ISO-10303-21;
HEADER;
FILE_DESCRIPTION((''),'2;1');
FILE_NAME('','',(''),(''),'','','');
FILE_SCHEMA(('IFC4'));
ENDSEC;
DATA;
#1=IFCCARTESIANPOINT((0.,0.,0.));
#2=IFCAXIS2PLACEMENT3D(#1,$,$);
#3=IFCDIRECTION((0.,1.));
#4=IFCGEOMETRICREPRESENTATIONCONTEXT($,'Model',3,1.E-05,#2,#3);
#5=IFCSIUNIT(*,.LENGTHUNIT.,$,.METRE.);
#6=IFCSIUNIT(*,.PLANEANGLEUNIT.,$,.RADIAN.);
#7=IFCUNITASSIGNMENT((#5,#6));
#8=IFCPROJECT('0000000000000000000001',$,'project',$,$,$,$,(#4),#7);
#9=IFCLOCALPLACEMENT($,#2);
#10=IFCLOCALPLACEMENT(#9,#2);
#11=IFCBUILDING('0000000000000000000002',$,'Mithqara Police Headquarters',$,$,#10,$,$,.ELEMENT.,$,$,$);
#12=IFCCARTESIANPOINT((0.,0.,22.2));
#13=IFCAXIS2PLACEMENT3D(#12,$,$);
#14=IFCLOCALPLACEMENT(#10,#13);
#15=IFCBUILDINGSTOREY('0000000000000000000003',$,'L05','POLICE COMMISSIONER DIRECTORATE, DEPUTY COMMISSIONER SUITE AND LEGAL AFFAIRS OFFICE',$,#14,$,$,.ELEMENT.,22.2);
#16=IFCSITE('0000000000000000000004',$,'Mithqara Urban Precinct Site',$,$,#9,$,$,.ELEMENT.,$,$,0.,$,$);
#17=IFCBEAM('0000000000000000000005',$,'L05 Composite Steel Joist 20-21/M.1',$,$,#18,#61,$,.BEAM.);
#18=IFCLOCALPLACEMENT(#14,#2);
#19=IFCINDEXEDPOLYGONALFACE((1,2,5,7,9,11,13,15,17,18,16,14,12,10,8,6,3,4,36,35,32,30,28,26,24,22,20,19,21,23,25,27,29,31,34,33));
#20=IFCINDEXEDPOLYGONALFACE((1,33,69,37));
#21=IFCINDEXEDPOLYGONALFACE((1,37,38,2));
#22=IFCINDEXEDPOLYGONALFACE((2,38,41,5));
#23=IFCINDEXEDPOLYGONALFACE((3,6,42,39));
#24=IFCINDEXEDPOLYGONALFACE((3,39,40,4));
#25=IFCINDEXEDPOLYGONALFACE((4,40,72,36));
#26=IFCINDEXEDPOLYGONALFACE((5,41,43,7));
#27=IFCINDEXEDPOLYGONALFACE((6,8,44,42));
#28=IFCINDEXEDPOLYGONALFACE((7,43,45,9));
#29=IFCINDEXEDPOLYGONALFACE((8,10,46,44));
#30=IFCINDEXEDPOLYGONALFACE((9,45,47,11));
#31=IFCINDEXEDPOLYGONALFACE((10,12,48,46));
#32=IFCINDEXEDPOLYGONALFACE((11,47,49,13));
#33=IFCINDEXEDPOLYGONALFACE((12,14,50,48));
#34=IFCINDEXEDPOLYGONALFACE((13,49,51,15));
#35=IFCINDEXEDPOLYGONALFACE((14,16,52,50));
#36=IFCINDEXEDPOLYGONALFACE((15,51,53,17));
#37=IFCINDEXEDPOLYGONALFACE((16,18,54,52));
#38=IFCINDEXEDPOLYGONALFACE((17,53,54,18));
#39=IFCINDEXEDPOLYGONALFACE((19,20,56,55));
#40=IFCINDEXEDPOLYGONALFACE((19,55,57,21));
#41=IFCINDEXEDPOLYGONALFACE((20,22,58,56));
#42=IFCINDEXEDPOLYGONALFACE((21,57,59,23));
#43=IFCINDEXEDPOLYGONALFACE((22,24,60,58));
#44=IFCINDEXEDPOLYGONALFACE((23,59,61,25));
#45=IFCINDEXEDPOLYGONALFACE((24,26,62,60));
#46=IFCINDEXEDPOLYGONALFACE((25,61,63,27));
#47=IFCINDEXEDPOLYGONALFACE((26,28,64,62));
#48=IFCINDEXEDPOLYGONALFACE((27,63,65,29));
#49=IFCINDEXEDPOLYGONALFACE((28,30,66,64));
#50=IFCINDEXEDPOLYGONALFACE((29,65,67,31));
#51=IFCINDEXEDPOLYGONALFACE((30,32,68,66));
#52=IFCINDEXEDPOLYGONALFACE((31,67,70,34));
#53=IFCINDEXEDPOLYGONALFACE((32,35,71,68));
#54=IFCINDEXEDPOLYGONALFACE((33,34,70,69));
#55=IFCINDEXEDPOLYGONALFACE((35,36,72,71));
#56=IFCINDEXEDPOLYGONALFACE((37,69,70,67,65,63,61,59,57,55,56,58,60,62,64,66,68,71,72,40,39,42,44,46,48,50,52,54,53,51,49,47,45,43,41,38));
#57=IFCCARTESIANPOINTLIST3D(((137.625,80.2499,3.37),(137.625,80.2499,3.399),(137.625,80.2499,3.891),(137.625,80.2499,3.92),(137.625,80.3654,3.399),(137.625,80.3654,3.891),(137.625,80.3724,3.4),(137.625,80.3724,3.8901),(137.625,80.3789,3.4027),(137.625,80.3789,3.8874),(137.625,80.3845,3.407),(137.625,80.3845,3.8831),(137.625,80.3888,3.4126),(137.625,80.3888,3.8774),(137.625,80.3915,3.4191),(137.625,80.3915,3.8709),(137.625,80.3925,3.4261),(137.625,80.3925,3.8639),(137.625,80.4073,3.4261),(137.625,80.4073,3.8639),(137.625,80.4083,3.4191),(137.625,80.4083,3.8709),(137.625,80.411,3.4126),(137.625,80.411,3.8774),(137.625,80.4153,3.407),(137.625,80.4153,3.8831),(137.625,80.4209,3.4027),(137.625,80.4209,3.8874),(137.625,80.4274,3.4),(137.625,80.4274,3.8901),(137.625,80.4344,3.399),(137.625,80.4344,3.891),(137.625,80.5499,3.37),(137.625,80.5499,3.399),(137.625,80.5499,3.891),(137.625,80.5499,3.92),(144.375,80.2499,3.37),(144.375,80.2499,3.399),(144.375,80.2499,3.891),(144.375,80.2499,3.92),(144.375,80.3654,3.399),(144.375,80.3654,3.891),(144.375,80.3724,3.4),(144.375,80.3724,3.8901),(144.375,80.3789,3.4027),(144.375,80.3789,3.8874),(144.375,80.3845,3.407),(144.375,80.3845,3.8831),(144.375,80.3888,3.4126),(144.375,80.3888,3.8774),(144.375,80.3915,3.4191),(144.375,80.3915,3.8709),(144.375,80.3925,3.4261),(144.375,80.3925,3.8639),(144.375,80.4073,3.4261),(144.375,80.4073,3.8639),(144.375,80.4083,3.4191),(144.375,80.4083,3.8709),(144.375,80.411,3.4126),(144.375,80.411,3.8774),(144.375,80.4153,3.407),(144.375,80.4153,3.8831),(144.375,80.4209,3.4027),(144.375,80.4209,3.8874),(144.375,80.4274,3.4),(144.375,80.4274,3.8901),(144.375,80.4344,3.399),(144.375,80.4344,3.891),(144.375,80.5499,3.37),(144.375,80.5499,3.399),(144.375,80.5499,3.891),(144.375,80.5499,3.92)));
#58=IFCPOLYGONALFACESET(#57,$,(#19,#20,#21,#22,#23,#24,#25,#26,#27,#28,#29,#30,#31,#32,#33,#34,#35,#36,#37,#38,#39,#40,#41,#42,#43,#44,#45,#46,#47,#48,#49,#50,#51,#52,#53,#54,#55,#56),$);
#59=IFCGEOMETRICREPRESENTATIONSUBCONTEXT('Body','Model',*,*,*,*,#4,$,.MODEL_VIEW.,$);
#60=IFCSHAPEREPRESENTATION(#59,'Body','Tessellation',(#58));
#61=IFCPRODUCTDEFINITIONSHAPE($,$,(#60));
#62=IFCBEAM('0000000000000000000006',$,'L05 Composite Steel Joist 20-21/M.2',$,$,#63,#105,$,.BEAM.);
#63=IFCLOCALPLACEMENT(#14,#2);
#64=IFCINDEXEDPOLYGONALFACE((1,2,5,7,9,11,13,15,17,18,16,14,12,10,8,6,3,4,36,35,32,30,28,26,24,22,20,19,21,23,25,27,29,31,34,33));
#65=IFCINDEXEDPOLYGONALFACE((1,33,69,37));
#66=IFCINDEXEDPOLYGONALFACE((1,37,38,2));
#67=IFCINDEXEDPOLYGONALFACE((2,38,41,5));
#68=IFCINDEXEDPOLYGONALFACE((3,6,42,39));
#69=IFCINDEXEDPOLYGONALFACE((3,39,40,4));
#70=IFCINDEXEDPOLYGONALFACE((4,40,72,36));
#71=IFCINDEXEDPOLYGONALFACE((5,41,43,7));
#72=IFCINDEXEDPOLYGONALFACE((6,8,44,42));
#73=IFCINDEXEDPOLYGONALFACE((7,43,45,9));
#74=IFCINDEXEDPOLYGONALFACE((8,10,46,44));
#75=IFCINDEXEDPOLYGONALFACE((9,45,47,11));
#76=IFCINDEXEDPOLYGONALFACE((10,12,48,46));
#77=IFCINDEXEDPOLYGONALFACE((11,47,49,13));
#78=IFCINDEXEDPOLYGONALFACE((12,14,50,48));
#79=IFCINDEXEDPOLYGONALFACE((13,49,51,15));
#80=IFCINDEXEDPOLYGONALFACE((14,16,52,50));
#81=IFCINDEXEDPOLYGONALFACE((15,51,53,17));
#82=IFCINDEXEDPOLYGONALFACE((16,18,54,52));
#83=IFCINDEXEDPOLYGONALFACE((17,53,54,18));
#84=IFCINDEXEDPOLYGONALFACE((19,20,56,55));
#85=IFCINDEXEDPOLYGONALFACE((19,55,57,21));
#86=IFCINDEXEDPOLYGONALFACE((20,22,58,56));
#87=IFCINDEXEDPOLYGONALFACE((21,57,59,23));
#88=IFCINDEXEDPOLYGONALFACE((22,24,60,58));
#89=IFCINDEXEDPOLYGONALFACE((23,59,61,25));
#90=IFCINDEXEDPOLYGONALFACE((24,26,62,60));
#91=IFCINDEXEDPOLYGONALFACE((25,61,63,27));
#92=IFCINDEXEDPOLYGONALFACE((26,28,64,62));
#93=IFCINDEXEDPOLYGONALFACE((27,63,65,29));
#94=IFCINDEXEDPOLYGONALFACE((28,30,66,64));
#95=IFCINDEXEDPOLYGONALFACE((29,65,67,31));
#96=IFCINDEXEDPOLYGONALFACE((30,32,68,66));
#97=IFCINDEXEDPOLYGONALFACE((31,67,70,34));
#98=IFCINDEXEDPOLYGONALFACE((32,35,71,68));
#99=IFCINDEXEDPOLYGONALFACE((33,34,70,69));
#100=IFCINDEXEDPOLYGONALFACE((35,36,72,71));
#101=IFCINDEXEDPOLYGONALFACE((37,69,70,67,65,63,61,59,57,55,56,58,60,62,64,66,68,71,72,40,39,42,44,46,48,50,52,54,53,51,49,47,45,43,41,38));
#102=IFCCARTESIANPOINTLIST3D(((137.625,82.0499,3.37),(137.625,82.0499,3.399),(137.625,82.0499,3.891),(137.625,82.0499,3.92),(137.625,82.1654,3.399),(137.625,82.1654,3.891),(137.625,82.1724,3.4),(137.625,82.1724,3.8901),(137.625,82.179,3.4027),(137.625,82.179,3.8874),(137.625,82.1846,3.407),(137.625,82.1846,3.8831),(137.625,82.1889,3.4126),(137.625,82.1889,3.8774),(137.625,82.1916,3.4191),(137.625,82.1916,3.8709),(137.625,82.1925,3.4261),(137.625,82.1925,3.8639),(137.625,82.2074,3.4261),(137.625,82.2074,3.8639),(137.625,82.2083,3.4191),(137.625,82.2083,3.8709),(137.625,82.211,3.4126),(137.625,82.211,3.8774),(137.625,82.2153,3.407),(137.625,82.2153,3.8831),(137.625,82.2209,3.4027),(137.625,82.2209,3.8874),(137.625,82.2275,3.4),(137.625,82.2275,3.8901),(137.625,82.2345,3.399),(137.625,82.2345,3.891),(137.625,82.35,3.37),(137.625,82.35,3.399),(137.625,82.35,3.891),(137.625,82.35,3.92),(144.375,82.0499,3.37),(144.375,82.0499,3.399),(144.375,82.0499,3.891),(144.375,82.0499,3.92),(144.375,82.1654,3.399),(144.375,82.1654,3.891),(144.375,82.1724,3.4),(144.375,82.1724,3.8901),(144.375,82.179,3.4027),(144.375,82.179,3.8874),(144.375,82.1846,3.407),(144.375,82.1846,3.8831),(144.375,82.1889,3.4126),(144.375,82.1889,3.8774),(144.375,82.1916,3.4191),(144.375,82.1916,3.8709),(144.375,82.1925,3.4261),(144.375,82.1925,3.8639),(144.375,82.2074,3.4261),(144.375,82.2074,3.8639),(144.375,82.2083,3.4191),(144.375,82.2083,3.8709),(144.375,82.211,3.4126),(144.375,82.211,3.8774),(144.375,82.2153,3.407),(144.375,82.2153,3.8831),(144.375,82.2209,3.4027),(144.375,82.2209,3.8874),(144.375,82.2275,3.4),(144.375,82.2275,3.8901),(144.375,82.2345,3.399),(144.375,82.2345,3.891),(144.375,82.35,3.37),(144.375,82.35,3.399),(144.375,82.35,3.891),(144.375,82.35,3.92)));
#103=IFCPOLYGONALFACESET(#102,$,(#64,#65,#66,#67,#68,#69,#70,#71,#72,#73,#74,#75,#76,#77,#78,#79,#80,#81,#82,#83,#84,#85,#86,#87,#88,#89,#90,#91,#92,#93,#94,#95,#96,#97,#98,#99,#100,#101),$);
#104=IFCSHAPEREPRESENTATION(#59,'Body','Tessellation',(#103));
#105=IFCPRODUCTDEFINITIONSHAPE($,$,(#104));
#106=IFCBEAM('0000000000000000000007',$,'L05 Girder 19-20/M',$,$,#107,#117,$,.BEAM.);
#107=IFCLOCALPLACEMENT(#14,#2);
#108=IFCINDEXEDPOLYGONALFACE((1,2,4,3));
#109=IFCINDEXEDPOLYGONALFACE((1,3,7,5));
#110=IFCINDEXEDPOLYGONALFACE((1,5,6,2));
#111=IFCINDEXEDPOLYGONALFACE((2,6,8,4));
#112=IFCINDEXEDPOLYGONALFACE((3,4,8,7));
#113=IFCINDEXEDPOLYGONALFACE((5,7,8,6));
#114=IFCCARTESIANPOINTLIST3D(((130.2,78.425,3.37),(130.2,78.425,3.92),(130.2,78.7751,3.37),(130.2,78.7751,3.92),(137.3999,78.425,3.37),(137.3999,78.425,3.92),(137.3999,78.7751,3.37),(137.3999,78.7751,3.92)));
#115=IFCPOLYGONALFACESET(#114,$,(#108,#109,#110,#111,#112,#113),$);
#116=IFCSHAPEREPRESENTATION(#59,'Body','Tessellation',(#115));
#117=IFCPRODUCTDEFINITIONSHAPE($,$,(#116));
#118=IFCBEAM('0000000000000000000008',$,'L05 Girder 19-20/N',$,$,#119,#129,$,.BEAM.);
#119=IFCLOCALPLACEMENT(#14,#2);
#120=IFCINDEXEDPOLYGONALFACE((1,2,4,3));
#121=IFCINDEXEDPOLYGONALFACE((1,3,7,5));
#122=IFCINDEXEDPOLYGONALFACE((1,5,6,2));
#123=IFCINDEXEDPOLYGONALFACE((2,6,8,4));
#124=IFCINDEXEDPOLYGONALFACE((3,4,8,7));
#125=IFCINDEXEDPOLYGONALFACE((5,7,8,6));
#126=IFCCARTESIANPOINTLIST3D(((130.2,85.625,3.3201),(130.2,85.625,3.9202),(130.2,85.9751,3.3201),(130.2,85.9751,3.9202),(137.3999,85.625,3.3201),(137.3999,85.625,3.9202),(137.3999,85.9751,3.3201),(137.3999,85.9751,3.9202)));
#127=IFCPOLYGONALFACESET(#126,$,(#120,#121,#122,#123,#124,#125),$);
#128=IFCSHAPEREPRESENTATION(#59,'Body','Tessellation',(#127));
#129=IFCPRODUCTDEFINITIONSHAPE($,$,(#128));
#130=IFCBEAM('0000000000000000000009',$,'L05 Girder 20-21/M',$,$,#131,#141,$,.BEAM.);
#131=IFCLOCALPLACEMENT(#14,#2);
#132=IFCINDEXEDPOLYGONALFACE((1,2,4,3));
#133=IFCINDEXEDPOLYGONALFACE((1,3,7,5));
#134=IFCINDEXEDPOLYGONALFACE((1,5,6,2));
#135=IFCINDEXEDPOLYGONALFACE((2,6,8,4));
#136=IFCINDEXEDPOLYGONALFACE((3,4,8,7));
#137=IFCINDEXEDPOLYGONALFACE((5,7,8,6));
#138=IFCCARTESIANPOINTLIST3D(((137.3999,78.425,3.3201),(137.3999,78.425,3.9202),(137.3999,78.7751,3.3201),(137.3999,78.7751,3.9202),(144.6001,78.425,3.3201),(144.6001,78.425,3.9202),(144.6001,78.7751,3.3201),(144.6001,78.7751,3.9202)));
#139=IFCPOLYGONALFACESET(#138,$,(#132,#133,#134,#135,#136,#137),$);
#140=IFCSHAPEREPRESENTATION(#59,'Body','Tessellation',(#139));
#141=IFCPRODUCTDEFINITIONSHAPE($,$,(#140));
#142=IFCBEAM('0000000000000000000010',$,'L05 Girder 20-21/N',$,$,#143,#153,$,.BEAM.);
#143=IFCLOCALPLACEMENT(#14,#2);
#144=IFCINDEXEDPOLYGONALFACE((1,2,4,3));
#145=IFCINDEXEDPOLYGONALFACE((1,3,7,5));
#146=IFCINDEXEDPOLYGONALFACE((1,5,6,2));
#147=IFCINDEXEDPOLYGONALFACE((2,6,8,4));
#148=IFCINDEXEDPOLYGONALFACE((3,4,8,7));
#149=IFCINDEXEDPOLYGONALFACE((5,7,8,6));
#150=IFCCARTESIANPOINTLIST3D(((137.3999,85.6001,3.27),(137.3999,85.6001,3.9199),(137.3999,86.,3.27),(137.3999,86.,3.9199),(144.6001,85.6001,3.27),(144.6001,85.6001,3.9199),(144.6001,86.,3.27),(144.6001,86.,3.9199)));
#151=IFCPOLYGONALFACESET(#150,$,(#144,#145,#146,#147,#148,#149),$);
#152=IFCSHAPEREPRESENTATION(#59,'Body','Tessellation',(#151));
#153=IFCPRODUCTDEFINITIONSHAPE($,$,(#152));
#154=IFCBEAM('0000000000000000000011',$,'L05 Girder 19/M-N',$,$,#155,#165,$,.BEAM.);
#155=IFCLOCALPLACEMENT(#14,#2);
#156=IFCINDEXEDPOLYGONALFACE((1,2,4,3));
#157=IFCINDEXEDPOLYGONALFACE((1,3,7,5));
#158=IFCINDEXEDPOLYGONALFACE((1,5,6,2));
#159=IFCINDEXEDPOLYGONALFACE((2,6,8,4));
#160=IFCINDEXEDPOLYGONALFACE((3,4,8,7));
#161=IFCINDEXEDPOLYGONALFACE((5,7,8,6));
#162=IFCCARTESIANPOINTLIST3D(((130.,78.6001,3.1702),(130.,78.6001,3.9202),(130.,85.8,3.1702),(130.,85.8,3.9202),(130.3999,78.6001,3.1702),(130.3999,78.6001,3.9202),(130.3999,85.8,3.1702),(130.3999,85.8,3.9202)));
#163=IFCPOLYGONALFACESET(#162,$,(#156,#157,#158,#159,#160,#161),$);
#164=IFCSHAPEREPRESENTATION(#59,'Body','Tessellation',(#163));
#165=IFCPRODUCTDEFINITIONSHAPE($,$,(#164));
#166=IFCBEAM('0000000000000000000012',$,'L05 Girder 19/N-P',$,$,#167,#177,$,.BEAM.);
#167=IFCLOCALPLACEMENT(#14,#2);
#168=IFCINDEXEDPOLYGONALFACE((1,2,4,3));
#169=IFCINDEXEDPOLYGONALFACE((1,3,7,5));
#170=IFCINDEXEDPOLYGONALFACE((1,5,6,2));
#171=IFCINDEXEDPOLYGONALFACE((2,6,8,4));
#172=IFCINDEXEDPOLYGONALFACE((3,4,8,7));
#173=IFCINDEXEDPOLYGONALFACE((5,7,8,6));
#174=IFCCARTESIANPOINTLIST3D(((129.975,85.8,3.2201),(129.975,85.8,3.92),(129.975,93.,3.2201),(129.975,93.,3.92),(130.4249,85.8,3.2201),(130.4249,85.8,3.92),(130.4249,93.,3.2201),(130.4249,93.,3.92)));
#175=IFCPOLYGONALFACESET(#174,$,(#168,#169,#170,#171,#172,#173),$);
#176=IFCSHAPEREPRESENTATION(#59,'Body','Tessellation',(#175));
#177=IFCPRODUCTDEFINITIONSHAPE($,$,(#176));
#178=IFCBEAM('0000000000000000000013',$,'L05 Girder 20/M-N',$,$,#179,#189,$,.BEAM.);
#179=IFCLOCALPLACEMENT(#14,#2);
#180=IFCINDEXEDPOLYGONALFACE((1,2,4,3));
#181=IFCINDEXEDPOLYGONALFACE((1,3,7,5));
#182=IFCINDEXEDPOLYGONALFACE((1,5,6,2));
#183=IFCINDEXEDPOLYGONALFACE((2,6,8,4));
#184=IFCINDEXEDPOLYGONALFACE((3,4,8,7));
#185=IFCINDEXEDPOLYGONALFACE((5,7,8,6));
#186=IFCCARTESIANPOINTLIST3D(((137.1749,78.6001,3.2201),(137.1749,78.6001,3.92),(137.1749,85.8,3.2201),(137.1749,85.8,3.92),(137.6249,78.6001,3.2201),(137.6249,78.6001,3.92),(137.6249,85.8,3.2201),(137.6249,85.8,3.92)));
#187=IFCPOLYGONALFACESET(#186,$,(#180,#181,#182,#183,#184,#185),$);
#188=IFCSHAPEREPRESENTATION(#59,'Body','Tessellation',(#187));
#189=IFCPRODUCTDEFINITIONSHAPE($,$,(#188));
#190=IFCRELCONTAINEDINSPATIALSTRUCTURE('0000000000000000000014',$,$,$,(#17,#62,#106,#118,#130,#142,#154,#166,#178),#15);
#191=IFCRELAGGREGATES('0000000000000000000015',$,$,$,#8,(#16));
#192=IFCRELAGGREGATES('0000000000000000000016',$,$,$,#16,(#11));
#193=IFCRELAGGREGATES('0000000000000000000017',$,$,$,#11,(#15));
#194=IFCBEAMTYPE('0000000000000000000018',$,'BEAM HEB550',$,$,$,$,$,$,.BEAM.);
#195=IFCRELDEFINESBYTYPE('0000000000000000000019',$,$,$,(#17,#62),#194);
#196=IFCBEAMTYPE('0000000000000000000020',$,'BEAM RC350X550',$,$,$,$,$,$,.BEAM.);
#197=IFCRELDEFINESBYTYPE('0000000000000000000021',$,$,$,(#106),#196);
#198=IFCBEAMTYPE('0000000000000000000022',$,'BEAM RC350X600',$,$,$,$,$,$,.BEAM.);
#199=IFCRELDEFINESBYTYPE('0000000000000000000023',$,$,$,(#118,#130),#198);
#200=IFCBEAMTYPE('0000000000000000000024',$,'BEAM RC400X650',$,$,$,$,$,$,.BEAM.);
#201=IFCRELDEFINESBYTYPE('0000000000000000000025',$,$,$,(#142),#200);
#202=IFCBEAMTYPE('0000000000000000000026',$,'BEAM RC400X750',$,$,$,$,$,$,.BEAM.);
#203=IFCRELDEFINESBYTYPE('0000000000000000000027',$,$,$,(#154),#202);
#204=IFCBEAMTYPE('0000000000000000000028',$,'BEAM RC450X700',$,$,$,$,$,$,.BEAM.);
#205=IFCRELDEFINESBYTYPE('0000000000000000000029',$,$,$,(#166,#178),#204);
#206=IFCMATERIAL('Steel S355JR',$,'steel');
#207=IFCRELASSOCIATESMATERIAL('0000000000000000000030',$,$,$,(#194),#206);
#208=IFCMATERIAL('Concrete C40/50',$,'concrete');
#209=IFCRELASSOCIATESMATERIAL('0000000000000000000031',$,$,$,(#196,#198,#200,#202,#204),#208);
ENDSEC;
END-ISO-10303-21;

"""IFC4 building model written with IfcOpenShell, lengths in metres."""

from ifc_helpers import new_model, si_unit, direction, frame, origin, origin_2d, place, context, subcontext, project, spatial, rectangle, i_section, extrude, material, material_profile, profile_set, type_object, element, save


model = new_model("IFC4")

# Units and contexts
model_context = context("Model", 3, precision=1e-05, world=origin(), true_north=direction((0.0, 1.0)))
body_context = subcontext(model_context, "Body", "Model", "MODEL_VIEW")
ifc_project = project(units=[si_unit("LENGTHUNIT", "METRE"), si_unit("PLANEANGLEUNIT", "RADIAN")], contexts=[model_context])

# Site, building, storey
site_placement = place(None, origin())
site = spatial("IfcSite", under=ifc_project, at=site_placement, Name="Mithqara Urban Precinct Site", CompositionType="ELEMENT", RefElevation=0.0)
building_placement = place(site_placement, origin())
building = spatial("IfcBuilding", under=site, at=building_placement, Name="Mithqara Police Headquarters", CompositionType="ELEMENT")
storey_placement = place(building_placement, frame((0.0, 0.0, 22.2)))
storey = spatial("IfcBuildingStorey", under=building, at=storey_placement, Name="L05", Description="POLICE COMMISSIONER DIRECTORATE, DEPUTY COMMISSIONER SUITE AND LEGAL AFFAIRS OFFICE", CompositionType="ELEMENT", Elevation=22.2)

# Beams
ifc_material_1 = material(Name="Steel S355JR", Category="steel")
ifc_material_profile_1 = material_profile(ifc_material_1, i_section(OverallWidth=0.3, OverallDepth=0.55, WebThickness=0.0149, FlangeThickness=0.0291, FilletRadius=0.0271, at=origin_2d()), Name="HEB 550")
ifc_profile_set_1 = profile_set([ifc_material_profile_1], Name="Steel S355JR")
beam_type_1 = type_object("IfcBeamType", Name="BEAM HEB550", PredefinedType="BEAM", material=ifc_profile_set_1)
for number, where, z_axis, x_axis, name in (
    (1, (137.625, 80.3999, 3.645), (1.0, 0.0, 0.0), (0.0, 1.0, 0.0), "L05 Composite Steel Joist 20-21/M.1"),
    (2, (137.625, 82.2, 3.645), (1.0, 0.0, 0.0), (0.0, 1.0, 0.0), "L05 Composite Steel Joist 20-21/M.2"),
):
    element("IfcBeam", number, at=place(storey_placement, frame(where, z_axis=z_axis, x_axis=x_axis)), inside=storey, type_object=beam_type_1, Name=name, PredefinedType="BEAM", context=body_context, shape_type="SweptSolid", body=[
        extrude(i_section(OverallWidth=0.3, OverallDepth=0.55, WebThickness=0.0149, FlangeThickness=0.0291, FilletRadius=0.0271, at=origin_2d()), origin(), (0.0, 0.0, 1.0), 6.75),
    ])
ifc_material_2 = material(Name="Concrete C40/50", Category="concrete")
ifc_material_profile_2 = material_profile(ifc_material_2, rectangle(XDim=0.3501, YDim=0.55, at=origin_2d()), Name="RC 350x550")
ifc_profile_set_2 = profile_set([ifc_material_profile_2], Name="Concrete C40/50")
beam_type_2 = type_object("IfcBeamType", Name="BEAM RC350X550", PredefinedType="BEAM", material=ifc_profile_set_2)
beam_1_placement = place(storey_placement, frame((130.2, 78.6001, 3.645), z_axis=(1.0, 0.0, 0.0), x_axis=(0.0, 1.0, 0.0)))
element("IfcBeam", 3, at=beam_1_placement, inside=storey, type_object=beam_type_2, Name="L05 Girder 19-20/M", PredefinedType="BEAM", context=body_context, shape_type="SweptSolid", body=[
    extrude(rectangle(XDim=0.3501, YDim=0.55, at=origin_2d()), origin(), (0.0, 0.0, 1.0), 7.2),
])
ifc_material_profile_3 = material_profile(ifc_material_2, rectangle(XDim=0.3501, YDim=0.6001, at=origin_2d()), Name="RC 350x600")
ifc_profile_set_3 = profile_set([ifc_material_profile_3], Name="Concrete C40/50")
beam_type_3 = type_object("IfcBeamType", Name="BEAM RC350X600", PredefinedType="BEAM", material=ifc_profile_set_3)
beam_2_placement = place(storey_placement, frame((130.2, 85.8, 3.6201), z_axis=(1.0, 0.0, 0.0), x_axis=(0.0, 1.0, 0.0)))
element("IfcBeam", 4, at=beam_2_placement, inside=storey, type_object=beam_type_3, Name="L05 Girder 19-20/N", PredefinedType="BEAM", context=body_context, shape_type="SweptSolid", body=[
    extrude(rectangle(XDim=0.3501, YDim=0.6001, at=origin_2d()), origin(), (0.0, 0.0, 1.0), 7.2),
])
beam_3_placement = place(storey_placement, frame((137.3999, 78.6001, 3.6201), z_axis=(1.0, 0.0, 0.0), x_axis=(0.0, 1.0, 0.0)))
element("IfcBeam", 5, at=beam_3_placement, inside=storey, type_object=beam_type_3, Name="L05 Girder 20-21/M", PredefinedType="BEAM", context=body_context, shape_type="SweptSolid", body=[
    extrude(rectangle(XDim=0.3501, YDim=0.6001, at=origin_2d()), origin(), (0.0, 0.0, 1.0), 7.2002),
])
ifc_material_profile_4 = material_profile(ifc_material_2, rectangle(XDim=0.3999, YDim=0.6499, at=origin_2d()), Name="RC 400x650")
ifc_profile_set_4 = profile_set([ifc_material_profile_4], Name="Concrete C40/50")
beam_type_4 = type_object("IfcBeamType", Name="BEAM RC400X650", PredefinedType="BEAM", material=ifc_profile_set_4)
beam_4_placement = place(storey_placement, frame((137.3999, 85.8, 3.595), z_axis=(1.0, 0.0, 0.0), x_axis=(0.0, 1.0, 0.0)))
element("IfcBeam", 6, at=beam_4_placement, inside=storey, type_object=beam_type_4, Name="L05 Girder 20-21/N", PredefinedType="BEAM", context=body_context, shape_type="SweptSolid", body=[
    extrude(rectangle(XDim=0.3999, YDim=0.6499, at=origin_2d()), origin(), (0.0, 0.0, 1.0), 7.2002),
])
ifc_material_profile_5 = material_profile(ifc_material_2, rectangle(XDim=0.3999, YDim=0.75, at=origin_2d()), Name="RC 400x750")
ifc_profile_set_5 = profile_set([ifc_material_profile_5], Name="Concrete C40/50")
beam_type_5 = type_object("IfcBeamType", Name="BEAM RC400X750", PredefinedType="BEAM", material=ifc_profile_set_5)
beam_5_placement = place(storey_placement, frame((130.2, 78.6001, 3.5452), z_axis=(0.0, 1.0, 0.0), x_axis=(-1.0, 0.0, 0.0)))
element("IfcBeam", 7, at=beam_5_placement, inside=storey, type_object=beam_type_5, Name="L05 Girder 19/M-N", PredefinedType="BEAM", context=body_context, shape_type="SweptSolid", body=[
    extrude(rectangle(XDim=0.3999, YDim=0.75, at=origin_2d()), origin(), (0.0, 0.0, 1.0), 7.2),
])
ifc_material_profile_6 = material_profile(ifc_material_2, rectangle(XDim=0.45, YDim=0.7, at=origin_2d()), Name="RC 450x700")
ifc_profile_set_6 = profile_set([ifc_material_profile_6], Name="Concrete C40/50")
beam_type_6 = type_object("IfcBeamType", Name="BEAM RC450X700", PredefinedType="BEAM", material=ifc_profile_set_6)
for number, where, z_axis, x_axis, name in (
    (8, (130.2, 85.8, 3.5701), (0.0, 1.0, 0.0), (-1.0, 0.0, 0.0), "L05 Girder 19/N-P"),
    (9, (137.3999, 78.6001, 3.5701), (0.0, 1.0, 0.0), (-1.0, 0.0, 0.0), "L05 Girder 20/M-N"),
):
    element("IfcBeam", number, at=place(storey_placement, frame(where, z_axis=z_axis, x_axis=x_axis)), inside=storey, type_object=beam_type_6, Name=name, PredefinedType="BEAM", context=body_context, shape_type="SweptSolid", body=[
        extrude(rectangle(XDim=0.45, YDim=0.7, at=origin_2d()), origin(), (0.0, 0.0, 1.0), 7.2),
    ])

save(model, "model.ifc")
